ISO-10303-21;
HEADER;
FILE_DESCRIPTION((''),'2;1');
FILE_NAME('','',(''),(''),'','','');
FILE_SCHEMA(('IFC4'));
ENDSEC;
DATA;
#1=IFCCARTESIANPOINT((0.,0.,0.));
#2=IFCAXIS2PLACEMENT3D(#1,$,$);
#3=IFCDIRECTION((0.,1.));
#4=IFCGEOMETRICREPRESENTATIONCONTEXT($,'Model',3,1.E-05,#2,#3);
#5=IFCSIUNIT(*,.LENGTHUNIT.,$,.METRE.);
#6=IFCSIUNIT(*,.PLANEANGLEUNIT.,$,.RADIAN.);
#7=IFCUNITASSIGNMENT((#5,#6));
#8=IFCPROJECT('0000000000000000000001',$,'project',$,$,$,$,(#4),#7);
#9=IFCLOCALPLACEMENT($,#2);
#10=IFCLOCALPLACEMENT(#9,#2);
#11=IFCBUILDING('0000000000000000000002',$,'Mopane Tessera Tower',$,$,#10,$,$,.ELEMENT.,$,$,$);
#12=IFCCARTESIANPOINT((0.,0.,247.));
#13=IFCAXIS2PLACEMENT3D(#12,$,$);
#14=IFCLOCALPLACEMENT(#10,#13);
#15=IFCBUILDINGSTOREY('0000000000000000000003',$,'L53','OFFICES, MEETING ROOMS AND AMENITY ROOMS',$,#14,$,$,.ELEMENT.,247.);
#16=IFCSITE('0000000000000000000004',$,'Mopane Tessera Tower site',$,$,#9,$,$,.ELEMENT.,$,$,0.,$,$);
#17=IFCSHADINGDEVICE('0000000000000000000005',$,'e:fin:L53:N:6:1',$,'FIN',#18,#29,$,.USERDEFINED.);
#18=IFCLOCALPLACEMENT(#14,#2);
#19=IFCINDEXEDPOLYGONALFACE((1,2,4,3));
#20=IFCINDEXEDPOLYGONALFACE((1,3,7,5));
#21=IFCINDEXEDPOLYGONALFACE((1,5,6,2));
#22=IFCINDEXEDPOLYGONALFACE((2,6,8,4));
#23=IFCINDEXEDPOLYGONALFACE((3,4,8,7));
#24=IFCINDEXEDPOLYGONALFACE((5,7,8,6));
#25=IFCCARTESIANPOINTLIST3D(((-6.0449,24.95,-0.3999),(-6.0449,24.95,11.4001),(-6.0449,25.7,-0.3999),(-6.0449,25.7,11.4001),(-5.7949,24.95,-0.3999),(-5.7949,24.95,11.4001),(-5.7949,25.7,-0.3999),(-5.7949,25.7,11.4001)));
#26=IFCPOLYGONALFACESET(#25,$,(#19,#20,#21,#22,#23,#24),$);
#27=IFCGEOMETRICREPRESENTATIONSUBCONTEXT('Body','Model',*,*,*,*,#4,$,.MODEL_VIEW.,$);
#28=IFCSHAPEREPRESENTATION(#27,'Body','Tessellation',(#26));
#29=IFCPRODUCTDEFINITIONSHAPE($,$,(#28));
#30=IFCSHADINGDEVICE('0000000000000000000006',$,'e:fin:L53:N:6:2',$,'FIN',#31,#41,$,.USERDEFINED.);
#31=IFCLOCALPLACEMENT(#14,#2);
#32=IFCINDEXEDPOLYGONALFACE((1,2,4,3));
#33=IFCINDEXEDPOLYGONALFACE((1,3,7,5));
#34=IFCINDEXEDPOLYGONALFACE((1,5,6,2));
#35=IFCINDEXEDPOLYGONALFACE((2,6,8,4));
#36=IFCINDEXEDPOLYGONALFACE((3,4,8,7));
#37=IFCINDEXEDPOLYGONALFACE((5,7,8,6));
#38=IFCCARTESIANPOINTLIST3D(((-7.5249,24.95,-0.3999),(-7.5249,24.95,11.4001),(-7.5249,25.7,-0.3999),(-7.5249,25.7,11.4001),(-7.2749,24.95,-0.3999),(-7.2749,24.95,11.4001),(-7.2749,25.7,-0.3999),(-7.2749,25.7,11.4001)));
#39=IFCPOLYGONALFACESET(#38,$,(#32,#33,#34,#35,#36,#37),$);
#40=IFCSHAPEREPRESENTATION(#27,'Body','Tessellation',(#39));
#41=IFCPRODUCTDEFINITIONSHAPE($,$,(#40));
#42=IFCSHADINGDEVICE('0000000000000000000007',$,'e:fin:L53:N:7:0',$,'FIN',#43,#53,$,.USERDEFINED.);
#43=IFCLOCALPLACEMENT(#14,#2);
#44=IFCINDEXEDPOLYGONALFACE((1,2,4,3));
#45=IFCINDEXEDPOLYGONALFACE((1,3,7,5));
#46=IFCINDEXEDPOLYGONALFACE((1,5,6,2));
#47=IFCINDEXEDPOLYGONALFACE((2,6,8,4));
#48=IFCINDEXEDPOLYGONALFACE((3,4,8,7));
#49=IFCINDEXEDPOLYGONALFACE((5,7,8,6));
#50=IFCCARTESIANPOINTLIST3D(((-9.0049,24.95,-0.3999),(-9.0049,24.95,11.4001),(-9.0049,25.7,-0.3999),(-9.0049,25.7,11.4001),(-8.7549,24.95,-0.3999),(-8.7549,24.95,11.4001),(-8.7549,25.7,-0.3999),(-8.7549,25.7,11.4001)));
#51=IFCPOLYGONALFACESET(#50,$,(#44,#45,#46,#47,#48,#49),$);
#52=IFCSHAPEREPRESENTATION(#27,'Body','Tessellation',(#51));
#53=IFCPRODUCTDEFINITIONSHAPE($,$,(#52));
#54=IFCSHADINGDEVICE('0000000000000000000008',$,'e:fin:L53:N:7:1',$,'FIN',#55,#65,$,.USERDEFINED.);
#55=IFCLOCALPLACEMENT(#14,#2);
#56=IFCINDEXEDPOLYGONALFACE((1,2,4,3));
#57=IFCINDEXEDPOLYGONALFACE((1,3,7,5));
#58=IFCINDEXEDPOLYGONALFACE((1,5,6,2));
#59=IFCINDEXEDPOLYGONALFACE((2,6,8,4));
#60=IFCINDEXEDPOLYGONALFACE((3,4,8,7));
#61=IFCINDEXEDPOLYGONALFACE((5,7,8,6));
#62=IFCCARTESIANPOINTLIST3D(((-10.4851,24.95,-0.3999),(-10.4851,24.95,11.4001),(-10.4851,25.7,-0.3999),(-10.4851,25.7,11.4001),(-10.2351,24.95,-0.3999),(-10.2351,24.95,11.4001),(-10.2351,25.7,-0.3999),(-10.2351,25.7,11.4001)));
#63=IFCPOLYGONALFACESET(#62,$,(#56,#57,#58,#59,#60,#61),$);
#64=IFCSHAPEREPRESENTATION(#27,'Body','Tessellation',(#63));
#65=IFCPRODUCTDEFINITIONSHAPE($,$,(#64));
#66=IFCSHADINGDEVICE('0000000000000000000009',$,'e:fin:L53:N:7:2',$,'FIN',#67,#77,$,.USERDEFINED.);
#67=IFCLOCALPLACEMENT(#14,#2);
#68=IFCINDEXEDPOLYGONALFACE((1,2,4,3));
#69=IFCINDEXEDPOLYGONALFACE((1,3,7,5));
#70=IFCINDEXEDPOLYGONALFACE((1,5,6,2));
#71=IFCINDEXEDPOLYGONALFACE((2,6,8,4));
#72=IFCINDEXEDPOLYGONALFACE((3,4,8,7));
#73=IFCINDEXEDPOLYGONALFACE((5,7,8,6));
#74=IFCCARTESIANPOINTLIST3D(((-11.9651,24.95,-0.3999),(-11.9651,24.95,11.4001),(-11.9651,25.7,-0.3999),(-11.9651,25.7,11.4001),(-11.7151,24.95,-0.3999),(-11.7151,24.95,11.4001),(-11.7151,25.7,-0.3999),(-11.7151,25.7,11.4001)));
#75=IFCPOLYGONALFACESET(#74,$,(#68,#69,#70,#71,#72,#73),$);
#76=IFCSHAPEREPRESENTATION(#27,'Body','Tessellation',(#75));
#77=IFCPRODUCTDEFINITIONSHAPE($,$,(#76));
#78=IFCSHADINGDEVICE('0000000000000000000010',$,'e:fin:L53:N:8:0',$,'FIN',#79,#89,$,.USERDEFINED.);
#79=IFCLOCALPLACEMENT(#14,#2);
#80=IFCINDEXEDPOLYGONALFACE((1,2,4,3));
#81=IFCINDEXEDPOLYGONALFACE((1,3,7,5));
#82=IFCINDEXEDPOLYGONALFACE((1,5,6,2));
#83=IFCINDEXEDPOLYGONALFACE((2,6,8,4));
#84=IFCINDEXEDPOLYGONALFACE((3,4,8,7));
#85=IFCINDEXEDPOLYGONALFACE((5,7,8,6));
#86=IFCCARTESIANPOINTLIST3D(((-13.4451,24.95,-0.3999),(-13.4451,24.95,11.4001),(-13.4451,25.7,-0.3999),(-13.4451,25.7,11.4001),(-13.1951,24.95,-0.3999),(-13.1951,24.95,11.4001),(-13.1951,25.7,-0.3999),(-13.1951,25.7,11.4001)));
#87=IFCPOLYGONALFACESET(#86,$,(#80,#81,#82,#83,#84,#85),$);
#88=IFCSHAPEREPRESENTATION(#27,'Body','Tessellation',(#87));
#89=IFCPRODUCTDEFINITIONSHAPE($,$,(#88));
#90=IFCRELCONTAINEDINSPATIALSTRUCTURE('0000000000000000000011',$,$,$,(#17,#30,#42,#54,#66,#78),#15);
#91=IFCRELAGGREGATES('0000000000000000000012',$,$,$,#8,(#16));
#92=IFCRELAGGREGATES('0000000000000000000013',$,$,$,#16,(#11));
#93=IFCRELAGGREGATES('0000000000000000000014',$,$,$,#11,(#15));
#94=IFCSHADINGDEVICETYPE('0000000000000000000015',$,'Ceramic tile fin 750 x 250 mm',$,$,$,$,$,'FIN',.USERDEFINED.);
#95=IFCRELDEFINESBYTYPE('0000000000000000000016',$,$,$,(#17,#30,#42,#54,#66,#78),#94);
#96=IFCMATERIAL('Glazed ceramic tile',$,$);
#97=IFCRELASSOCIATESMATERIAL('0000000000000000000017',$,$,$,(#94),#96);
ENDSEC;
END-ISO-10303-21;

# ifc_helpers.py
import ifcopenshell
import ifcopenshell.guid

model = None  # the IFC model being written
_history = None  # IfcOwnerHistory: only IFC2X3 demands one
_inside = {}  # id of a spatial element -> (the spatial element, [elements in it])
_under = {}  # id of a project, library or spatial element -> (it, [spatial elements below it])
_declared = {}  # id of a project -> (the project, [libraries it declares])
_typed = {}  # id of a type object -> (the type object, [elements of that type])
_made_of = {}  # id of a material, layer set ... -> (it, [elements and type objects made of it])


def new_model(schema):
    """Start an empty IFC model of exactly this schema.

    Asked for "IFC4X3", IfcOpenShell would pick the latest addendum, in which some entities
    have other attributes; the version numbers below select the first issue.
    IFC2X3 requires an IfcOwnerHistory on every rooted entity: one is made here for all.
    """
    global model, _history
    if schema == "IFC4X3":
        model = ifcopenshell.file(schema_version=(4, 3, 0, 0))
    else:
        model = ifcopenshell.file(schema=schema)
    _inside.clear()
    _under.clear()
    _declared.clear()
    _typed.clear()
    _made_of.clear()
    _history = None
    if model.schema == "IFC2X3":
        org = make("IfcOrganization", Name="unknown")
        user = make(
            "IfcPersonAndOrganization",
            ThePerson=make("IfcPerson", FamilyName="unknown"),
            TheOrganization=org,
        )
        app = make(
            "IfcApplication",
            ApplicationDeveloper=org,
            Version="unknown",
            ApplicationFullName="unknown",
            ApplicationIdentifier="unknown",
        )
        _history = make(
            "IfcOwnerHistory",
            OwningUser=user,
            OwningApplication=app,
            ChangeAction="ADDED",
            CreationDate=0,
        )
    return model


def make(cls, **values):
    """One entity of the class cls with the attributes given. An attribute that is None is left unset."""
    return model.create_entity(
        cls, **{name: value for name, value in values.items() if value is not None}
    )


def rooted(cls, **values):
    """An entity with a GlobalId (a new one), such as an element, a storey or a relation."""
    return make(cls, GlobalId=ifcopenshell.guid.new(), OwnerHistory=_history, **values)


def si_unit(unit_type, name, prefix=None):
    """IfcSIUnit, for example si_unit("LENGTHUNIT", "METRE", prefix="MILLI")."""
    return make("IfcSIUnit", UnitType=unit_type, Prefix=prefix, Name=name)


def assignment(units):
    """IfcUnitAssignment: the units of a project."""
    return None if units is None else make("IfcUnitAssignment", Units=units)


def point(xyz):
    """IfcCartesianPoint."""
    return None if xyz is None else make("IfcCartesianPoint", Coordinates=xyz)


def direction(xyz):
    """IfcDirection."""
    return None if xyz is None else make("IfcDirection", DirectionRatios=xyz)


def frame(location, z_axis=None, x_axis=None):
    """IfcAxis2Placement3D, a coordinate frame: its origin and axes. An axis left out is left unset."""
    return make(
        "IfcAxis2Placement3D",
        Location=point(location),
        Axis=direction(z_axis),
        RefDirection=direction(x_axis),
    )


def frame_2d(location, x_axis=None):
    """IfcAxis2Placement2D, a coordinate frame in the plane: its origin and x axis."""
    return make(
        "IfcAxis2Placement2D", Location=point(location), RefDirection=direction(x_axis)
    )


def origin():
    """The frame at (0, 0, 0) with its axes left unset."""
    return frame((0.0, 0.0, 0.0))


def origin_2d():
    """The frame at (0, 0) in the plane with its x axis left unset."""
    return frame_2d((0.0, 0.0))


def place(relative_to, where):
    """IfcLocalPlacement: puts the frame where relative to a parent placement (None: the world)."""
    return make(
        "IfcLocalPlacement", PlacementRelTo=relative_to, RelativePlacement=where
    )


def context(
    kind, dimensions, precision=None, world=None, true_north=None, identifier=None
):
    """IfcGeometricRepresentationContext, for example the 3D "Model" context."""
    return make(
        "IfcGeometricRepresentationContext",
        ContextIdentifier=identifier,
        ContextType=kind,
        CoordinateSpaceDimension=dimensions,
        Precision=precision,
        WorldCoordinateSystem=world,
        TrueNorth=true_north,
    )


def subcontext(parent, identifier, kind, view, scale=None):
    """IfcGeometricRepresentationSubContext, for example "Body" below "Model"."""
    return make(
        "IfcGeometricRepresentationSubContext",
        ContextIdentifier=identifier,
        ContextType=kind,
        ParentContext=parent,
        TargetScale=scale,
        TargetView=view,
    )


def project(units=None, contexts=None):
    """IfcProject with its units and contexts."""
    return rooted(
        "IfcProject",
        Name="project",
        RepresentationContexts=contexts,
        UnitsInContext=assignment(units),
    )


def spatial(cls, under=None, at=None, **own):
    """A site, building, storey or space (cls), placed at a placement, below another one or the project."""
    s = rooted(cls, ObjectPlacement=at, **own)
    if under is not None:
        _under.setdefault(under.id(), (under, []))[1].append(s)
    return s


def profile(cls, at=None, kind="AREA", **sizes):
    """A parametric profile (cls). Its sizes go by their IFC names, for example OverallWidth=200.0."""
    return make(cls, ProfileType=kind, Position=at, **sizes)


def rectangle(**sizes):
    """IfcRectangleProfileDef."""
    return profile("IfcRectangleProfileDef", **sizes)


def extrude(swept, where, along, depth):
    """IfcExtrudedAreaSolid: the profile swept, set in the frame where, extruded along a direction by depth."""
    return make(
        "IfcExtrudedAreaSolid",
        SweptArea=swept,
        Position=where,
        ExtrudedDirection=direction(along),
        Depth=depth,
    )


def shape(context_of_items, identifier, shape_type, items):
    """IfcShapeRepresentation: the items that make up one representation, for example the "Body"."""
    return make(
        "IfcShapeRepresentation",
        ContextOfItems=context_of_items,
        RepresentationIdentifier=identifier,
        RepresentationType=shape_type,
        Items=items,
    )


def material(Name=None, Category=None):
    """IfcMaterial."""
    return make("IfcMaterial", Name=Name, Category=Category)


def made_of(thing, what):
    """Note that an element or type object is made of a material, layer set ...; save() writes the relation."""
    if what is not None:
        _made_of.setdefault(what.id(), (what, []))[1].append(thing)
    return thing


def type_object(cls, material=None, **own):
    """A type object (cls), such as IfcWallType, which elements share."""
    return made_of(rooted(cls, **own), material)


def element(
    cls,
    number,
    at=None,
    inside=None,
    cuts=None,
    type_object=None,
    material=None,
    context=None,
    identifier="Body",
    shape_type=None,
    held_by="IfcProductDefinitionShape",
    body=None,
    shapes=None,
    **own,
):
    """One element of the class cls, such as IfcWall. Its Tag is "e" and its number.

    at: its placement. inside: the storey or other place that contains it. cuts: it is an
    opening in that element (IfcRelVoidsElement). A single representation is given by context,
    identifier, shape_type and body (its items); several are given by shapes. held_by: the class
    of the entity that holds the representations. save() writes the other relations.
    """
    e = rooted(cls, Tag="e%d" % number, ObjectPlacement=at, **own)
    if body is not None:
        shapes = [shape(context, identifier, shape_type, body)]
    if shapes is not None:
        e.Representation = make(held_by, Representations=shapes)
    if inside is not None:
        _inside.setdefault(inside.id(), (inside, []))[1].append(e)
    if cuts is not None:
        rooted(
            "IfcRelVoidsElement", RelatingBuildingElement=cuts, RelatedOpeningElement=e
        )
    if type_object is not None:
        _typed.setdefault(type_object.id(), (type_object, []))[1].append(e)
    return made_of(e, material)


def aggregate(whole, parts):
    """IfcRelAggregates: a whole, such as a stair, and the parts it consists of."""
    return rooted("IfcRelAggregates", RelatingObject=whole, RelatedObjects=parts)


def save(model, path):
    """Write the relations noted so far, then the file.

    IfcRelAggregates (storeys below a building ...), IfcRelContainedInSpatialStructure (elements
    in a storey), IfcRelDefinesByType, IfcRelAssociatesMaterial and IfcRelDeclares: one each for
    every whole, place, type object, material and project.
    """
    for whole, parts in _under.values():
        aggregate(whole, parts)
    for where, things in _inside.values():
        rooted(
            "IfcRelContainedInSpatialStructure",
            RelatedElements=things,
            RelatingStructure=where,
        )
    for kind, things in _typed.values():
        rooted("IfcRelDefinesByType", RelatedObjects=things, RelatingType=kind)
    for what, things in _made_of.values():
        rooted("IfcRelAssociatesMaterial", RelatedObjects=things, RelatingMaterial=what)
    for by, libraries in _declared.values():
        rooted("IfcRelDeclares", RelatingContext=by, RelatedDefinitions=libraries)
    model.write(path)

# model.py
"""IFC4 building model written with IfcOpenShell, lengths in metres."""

from ifc_helpers import new_model, si_unit, direction, frame, origin, origin_2d, place, context, subcontext, project, spatial, rectangle, extrude, material, type_object, element, save


model = new_model("IFC4")

# Units and contexts
model_context = context("Model", 3, precision=1e-05, world=origin(), true_north=direction((0.0, 1.0)))
body_context = subcontext(model_context, "Body", "Model", "MODEL_VIEW")
ifc_project = project(units=[si_unit("LENGTHUNIT", "METRE"), si_unit("PLANEANGLEUNIT", "RADIAN")], contexts=[model_context])

# Site, building, storey
site_placement = place(None, origin())
site = spatial("IfcSite", under=ifc_project, at=site_placement, Name="Mopane Tessera Tower site", CompositionType="ELEMENT", RefElevation=0.0)
building_placement = place(site_placement, origin())
building = spatial("IfcBuilding", under=site, at=building_placement, Name="Mopane Tessera Tower", CompositionType="ELEMENT")
storey_placement = place(building_placement, frame((0.0, 0.0, 247.0)))
storey = spatial("IfcBuildingStorey", under=building, at=storey_placement, Name="L53", Description="OFFICES, MEETING ROOMS AND AMENITY ROOMS", CompositionType="ELEMENT", Elevation=247.0)

# Shading devices
ifc_material_1 = material(Name="Glazed ceramic tile")
shading_device_type = type_object("IfcShadingDeviceType", Name="Ceramic tile fin 750 x 250 mm", ElementType="FIN", PredefinedType="USERDEFINED", material=ifc_material_1)
for number, where, z_axis, x_axis, name in (
    (1, (-5.9199, 25.325, -0.3999), (0.0, 0.0, 1.0), (-1.0, 0.0, 0.0), "e:fin:L53:N:6:1"),
    (2, (-7.3999, 25.325, -0.3999), (0.0, 0.0, 1.0), (-1.0, 0.0, 0.0), "e:fin:L53:N:6:2"),
    (3, (-8.8799, 25.325, -0.3999), (0.0, 0.0, 1.0), (-1.0, 0.0, 0.0), "e:fin:L53:N:7:0"),
    (4, (-10.3601, 25.325, -0.3999), (0.0, 0.0, 1.0), (-1.0, 0.0, 0.0), "e:fin:L53:N:7:1"),
    (5, (-11.8401, 25.325, -0.3999), (0.0, 0.0, 1.0), (-1.0, 0.0, 0.0), "e:fin:L53:N:7:2"),
    (6, (-13.3201, 25.325, -0.3999), (0.0, 0.0, 1.0), (-1.0, 0.0, 0.0), "e:fin:L53:N:8:0"),
):
    element("IfcShadingDevice", number, at=place(storey_placement, frame(where, z_axis=z_axis, x_axis=x_axis)), inside=storey, type_object=shading_device_type, Name=name, ObjectType="FIN", PredefinedType="USERDEFINED", context=body_context, shape_type="SweptSolid", body=[
        extrude(rectangle(XDim=0.25, YDim=0.75, at=origin_2d()), origin(), (0.0, 0.0, 1.0), 11.8),
    ])

save(model, "model.ifc")
